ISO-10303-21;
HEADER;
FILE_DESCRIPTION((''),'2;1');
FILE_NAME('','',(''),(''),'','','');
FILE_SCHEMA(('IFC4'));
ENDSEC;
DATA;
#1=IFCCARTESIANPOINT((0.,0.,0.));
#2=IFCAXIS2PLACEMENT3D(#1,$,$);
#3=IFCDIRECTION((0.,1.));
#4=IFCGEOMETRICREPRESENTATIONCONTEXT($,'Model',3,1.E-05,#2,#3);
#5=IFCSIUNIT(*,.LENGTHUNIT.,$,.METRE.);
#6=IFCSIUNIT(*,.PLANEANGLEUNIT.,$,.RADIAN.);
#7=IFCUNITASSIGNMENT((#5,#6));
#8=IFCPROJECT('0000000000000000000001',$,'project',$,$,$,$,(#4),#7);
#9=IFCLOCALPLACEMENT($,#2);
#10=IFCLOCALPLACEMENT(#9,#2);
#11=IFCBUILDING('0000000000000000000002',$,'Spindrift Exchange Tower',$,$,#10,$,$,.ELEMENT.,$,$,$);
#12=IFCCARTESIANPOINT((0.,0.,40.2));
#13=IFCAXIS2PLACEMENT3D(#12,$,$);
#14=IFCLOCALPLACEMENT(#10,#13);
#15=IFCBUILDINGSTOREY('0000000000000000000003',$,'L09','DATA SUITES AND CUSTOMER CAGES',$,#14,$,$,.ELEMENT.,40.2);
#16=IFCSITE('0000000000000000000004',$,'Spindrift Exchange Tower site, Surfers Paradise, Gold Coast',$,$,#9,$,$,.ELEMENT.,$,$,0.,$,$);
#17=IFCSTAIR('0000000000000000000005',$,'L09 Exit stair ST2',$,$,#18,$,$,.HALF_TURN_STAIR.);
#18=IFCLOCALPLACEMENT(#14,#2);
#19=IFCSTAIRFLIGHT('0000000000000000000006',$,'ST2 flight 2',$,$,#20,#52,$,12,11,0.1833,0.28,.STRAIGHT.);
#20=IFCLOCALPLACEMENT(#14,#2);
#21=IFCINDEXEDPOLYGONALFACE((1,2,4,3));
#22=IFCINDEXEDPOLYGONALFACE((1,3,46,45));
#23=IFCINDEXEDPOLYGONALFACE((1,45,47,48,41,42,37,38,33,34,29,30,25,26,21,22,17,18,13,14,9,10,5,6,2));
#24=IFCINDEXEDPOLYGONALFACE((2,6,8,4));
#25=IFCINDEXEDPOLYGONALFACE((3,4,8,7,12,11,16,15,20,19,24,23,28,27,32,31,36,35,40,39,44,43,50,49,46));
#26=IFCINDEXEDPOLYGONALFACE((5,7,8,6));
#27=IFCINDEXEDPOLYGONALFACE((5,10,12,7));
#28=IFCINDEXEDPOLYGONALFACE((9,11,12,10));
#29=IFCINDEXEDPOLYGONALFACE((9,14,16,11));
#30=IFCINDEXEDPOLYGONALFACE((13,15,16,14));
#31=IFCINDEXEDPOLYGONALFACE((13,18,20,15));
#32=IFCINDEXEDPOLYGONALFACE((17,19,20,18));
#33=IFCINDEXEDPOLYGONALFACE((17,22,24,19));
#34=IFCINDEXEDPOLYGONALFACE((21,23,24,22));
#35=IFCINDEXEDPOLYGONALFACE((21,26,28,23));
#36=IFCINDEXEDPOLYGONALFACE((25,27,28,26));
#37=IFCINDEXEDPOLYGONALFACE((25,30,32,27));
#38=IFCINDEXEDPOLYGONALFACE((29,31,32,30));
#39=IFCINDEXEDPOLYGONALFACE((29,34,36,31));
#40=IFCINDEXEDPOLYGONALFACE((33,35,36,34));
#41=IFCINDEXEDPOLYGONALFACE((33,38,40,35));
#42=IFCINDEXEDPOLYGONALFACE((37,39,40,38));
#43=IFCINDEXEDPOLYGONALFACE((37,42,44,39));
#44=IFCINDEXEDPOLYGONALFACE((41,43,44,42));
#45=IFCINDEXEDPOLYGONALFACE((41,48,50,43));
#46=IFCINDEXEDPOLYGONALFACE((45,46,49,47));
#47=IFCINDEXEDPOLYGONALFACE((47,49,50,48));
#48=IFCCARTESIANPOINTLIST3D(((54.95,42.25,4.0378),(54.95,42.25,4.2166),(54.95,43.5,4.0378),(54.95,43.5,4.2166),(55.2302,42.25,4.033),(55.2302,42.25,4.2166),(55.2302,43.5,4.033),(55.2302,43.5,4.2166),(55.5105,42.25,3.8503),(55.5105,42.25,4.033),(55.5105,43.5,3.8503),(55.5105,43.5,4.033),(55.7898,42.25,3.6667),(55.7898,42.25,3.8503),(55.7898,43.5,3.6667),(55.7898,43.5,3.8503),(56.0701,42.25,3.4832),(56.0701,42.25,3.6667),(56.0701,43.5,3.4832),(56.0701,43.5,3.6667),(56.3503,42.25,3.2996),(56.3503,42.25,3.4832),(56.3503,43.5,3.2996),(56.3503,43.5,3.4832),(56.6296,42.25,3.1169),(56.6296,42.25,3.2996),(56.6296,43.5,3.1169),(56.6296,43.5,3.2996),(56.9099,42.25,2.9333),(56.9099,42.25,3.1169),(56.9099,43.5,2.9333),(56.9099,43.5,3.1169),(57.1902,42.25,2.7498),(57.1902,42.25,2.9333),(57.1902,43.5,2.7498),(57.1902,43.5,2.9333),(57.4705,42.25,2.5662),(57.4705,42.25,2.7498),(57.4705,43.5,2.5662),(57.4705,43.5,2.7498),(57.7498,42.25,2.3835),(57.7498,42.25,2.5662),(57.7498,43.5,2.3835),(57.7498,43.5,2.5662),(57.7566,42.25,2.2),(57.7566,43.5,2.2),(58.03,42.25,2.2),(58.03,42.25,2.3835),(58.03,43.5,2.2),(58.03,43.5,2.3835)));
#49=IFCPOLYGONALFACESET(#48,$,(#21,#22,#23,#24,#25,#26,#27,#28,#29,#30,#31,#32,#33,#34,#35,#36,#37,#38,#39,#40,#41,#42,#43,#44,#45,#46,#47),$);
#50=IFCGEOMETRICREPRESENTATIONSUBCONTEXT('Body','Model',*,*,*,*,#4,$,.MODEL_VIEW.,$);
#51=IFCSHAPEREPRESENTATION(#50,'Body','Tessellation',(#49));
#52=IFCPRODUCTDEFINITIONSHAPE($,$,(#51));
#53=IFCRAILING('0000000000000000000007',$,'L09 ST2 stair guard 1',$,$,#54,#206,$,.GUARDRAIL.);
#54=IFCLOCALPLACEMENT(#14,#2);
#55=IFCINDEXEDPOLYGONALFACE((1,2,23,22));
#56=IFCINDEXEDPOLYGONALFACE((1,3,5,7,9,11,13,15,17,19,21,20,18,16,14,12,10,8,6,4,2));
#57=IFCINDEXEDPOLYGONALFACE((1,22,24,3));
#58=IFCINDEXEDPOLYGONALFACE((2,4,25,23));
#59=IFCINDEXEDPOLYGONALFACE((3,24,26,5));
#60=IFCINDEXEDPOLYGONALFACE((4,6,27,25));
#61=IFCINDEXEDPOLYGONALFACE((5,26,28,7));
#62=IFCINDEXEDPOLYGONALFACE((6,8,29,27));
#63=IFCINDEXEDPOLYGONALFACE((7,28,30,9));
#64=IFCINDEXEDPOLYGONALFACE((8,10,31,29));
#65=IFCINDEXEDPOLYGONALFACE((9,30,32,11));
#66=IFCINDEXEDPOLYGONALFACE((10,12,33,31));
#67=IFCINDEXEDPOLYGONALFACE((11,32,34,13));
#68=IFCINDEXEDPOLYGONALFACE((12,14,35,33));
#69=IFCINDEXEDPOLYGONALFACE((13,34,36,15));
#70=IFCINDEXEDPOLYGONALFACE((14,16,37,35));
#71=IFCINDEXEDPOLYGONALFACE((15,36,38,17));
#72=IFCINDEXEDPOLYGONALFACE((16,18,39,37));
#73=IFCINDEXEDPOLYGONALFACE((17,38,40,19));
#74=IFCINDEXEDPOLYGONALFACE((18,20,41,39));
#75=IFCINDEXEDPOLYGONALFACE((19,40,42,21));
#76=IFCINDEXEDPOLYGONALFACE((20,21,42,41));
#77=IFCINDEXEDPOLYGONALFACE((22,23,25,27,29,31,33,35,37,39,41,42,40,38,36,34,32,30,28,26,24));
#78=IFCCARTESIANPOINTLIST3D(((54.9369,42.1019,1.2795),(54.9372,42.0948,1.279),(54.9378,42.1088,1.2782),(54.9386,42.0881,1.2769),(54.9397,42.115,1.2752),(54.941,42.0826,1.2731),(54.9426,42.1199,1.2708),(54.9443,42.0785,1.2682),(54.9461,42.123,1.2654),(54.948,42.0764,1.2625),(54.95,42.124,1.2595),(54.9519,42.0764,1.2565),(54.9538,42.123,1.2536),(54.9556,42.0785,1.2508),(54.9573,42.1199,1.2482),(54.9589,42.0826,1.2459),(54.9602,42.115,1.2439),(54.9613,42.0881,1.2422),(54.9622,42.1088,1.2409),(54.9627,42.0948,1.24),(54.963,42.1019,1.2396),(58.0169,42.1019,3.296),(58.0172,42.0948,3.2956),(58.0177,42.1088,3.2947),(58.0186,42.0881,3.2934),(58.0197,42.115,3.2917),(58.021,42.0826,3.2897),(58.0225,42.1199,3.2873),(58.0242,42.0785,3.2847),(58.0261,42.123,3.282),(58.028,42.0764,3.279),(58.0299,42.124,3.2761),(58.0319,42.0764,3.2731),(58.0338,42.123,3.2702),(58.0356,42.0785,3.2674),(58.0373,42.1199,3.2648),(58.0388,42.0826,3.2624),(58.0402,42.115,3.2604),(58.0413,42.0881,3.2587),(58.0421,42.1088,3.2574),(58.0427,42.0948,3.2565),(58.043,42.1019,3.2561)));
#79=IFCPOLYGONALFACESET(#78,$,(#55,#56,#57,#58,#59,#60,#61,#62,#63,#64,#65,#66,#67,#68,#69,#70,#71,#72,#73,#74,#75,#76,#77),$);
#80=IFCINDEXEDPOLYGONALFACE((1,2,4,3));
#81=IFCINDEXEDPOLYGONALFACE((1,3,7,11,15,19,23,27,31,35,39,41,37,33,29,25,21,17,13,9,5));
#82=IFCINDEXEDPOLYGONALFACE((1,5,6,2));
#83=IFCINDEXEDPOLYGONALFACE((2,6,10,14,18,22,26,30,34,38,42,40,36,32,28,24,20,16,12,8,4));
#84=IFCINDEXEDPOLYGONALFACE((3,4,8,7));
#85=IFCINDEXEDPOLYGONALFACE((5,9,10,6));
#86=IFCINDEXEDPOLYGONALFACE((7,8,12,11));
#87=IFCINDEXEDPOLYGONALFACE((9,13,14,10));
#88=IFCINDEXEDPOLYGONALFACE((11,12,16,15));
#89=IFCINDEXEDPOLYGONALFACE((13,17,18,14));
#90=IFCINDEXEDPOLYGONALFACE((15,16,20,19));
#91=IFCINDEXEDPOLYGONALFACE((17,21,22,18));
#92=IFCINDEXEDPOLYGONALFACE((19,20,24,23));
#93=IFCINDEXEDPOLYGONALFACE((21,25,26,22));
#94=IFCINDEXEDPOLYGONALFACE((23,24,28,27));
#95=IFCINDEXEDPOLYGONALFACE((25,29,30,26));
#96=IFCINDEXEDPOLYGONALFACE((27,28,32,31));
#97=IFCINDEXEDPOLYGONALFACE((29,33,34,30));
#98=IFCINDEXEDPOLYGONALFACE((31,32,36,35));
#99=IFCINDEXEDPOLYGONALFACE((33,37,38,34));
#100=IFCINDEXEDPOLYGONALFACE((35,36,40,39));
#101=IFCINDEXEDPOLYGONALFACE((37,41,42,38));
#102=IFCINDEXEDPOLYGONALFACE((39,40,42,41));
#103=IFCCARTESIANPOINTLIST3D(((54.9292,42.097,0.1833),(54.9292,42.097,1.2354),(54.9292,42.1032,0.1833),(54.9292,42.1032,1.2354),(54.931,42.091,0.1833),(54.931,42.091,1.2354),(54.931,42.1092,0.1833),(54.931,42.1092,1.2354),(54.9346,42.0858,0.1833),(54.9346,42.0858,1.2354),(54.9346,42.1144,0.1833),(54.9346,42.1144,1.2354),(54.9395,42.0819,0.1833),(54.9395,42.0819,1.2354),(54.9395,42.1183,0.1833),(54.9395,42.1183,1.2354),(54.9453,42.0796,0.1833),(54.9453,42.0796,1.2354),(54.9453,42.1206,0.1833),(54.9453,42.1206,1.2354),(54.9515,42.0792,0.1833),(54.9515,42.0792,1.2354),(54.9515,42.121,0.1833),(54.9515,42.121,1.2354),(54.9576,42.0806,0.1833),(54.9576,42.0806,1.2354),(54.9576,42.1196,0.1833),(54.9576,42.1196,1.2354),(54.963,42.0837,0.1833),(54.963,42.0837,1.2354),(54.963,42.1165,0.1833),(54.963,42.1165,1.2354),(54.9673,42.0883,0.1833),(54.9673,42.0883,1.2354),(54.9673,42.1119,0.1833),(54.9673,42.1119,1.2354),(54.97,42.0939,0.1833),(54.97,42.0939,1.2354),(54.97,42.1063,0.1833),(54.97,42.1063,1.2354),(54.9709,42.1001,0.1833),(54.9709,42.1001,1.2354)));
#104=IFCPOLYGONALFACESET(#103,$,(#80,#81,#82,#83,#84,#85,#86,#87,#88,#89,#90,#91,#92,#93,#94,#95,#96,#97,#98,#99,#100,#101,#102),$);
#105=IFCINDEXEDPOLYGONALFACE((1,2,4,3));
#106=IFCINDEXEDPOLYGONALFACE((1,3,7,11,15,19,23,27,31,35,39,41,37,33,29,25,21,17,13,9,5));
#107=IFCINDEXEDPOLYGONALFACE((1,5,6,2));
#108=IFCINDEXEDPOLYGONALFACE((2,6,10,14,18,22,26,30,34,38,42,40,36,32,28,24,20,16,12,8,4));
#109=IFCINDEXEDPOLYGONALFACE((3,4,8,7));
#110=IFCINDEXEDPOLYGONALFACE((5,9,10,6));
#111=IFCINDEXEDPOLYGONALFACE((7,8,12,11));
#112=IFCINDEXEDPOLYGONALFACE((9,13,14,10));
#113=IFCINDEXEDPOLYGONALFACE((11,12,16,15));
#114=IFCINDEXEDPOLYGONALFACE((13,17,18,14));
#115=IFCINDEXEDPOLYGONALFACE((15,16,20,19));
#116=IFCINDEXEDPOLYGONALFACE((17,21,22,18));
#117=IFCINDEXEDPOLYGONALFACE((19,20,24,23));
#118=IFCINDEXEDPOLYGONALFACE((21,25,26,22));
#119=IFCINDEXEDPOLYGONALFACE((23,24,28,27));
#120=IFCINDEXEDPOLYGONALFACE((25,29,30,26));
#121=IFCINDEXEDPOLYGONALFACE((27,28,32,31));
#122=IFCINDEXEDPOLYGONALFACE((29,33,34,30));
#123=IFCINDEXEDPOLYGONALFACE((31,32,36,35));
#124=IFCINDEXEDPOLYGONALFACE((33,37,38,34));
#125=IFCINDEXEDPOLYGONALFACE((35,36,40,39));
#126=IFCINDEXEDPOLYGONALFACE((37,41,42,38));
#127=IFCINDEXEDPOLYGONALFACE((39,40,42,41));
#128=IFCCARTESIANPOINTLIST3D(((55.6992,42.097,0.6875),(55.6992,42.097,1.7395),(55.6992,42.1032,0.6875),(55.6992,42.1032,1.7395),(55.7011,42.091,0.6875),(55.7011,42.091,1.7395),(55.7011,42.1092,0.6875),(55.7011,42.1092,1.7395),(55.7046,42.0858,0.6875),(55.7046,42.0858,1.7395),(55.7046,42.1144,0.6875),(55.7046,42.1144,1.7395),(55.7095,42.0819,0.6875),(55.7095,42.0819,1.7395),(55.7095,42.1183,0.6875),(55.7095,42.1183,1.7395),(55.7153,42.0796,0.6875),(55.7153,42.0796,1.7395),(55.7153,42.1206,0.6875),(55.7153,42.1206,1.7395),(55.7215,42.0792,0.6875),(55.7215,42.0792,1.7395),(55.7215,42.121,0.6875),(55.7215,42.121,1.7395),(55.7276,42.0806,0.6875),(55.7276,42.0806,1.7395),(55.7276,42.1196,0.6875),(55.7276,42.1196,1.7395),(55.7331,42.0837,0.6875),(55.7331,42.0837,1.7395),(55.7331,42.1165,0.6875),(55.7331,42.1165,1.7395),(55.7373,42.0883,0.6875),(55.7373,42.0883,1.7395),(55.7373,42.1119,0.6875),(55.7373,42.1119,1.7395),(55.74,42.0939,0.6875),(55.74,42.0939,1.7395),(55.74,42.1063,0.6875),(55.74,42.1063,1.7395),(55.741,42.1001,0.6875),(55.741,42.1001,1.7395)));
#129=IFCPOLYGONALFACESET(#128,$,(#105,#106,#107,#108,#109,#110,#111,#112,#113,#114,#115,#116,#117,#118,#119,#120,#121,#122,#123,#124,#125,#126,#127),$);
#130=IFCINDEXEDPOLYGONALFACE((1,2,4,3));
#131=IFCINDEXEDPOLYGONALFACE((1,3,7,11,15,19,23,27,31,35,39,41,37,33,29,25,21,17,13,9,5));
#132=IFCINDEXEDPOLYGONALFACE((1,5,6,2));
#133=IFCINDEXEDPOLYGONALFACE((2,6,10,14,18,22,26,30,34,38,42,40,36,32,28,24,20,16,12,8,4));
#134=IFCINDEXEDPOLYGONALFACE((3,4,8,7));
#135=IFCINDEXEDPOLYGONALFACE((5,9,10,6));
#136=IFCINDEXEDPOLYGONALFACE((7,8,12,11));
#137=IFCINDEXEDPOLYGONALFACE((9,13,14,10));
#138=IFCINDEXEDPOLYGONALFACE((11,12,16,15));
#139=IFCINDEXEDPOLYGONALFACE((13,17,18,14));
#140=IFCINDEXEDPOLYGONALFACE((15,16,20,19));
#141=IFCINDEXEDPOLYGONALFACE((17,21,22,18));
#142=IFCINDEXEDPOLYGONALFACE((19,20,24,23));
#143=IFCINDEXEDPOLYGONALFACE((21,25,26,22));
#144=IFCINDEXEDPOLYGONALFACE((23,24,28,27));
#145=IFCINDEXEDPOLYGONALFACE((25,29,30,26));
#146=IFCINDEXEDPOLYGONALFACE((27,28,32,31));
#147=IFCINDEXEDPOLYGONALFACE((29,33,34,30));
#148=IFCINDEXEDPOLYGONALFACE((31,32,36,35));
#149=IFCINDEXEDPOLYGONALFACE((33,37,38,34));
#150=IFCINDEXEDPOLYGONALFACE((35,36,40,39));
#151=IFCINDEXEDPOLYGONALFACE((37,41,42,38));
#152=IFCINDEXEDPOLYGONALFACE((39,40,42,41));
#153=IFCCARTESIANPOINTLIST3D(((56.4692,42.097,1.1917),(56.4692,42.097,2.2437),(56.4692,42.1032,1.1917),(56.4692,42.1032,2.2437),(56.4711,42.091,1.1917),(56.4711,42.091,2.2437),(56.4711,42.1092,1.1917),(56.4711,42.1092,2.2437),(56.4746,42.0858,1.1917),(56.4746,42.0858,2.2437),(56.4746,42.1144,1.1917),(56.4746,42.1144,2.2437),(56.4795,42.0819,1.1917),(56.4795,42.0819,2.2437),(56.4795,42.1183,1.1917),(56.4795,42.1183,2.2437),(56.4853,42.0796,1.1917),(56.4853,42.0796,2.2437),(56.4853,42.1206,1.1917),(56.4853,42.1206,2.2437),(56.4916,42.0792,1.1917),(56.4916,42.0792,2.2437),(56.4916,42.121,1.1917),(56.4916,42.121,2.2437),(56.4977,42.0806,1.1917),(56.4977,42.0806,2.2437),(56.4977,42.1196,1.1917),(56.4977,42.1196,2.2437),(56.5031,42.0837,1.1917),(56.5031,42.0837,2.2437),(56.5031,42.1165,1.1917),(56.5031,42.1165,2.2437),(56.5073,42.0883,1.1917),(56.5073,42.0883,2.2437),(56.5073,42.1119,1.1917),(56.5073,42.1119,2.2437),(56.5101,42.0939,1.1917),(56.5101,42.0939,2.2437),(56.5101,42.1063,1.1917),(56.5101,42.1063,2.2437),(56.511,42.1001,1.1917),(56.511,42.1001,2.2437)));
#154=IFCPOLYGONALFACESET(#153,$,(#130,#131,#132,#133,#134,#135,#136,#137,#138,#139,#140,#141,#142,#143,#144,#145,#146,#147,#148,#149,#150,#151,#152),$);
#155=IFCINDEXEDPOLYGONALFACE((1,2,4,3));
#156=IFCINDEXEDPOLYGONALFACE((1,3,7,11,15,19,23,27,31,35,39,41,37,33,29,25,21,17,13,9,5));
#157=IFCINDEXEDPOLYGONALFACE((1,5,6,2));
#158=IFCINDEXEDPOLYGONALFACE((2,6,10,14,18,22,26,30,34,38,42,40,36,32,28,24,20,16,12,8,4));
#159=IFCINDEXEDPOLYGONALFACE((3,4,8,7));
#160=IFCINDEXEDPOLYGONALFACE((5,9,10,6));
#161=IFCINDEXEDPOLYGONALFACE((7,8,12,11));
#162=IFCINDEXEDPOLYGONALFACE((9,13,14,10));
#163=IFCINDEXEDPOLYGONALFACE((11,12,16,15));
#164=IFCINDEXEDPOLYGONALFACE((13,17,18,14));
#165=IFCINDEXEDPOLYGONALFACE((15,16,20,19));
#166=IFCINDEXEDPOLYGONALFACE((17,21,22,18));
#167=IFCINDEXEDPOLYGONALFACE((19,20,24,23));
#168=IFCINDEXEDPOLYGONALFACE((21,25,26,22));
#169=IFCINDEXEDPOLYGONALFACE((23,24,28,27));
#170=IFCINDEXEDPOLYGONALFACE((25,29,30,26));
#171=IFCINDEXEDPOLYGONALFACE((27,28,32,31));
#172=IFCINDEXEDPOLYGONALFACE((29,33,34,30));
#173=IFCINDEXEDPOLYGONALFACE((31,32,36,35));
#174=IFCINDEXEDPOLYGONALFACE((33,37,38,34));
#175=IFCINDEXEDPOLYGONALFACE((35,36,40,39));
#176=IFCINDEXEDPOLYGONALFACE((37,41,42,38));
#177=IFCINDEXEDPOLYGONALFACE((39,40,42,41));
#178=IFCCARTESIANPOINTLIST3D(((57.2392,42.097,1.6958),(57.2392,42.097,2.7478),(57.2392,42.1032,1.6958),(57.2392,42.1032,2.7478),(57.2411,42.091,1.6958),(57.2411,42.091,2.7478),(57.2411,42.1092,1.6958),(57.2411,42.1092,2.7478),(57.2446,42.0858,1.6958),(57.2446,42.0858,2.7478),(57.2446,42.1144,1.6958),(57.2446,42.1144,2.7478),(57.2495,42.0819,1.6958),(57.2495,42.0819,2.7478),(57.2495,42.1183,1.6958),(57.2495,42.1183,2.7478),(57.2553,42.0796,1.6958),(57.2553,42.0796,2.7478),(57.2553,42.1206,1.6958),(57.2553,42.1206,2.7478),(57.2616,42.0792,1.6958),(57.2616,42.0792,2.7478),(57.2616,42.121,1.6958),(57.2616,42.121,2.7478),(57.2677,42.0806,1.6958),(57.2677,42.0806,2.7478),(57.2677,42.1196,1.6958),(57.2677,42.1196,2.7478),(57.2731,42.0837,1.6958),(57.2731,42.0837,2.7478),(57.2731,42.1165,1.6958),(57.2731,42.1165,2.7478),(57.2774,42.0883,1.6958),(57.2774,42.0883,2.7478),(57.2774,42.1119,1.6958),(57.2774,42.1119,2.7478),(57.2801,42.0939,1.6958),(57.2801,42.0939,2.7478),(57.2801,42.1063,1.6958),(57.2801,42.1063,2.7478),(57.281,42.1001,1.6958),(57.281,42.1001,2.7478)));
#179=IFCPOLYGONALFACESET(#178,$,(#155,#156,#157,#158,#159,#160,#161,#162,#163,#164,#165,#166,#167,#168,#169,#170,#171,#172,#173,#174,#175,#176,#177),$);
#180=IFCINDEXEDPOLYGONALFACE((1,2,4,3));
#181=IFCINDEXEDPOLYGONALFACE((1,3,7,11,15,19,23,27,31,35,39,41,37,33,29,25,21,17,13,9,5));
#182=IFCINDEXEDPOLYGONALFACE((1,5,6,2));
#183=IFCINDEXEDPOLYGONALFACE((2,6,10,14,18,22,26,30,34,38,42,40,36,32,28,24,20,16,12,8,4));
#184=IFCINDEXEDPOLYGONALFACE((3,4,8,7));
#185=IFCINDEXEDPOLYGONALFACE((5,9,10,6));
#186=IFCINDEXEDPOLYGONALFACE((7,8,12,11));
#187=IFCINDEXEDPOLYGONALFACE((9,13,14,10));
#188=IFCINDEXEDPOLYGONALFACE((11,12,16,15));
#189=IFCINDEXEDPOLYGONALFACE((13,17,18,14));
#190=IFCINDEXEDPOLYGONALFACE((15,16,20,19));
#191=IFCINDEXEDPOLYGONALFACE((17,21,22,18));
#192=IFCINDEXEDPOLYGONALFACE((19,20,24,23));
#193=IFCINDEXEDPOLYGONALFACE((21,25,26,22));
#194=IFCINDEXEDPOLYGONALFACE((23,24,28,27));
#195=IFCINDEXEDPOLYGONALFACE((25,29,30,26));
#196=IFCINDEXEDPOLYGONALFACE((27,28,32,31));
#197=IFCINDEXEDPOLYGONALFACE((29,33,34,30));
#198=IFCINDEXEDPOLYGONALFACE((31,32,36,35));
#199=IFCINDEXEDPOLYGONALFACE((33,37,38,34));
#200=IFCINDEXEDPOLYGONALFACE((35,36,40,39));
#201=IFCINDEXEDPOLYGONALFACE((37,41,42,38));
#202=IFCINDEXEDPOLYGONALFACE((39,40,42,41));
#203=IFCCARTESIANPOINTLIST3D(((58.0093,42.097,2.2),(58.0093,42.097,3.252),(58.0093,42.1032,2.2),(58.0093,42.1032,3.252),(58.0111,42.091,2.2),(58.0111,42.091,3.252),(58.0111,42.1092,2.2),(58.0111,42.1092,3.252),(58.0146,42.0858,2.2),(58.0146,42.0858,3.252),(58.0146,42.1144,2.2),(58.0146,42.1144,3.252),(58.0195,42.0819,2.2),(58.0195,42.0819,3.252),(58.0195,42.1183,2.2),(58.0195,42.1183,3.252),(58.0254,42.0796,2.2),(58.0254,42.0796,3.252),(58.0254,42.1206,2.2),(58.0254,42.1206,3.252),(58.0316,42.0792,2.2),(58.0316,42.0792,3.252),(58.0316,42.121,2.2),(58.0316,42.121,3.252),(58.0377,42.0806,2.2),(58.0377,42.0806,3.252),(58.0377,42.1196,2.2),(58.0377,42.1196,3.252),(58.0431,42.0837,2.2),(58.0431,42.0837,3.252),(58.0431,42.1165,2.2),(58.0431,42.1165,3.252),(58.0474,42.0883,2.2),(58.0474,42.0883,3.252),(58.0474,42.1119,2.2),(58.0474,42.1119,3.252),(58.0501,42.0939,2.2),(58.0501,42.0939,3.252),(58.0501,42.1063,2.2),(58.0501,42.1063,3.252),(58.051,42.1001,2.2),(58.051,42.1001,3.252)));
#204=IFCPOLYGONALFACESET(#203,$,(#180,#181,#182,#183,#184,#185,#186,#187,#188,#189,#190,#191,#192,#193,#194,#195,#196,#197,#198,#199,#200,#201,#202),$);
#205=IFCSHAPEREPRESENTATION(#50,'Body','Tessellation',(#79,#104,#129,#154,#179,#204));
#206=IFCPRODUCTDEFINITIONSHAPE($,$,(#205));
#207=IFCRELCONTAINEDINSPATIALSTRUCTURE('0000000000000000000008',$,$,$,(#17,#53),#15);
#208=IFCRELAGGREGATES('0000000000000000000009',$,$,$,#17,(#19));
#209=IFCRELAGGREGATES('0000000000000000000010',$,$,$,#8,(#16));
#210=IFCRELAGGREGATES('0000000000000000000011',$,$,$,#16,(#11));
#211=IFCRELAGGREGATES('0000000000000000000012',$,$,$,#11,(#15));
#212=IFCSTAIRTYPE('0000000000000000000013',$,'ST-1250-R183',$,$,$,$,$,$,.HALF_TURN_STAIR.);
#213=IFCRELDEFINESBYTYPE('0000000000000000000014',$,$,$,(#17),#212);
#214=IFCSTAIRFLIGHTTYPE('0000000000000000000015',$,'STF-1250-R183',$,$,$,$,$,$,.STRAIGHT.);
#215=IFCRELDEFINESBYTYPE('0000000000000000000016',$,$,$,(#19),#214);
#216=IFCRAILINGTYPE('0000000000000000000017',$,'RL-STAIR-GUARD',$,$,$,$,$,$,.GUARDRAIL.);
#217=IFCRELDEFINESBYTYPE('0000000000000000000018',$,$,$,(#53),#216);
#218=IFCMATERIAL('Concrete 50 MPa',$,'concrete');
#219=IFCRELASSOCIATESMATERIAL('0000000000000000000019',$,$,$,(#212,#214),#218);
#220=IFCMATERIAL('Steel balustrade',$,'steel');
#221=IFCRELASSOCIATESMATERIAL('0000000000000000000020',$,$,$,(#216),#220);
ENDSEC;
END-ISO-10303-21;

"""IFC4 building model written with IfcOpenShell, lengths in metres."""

from ifc_helpers import new_model, si_unit, direction, frame, origin, origin_2d, place, context, subcontext, project, spatial, line, indexed_curve, circle, outline, extrude, material, type_object, element, aggregate, save


model = new_model("IFC4")

# Units and contexts
model_context = context("Model", 3, precision=1e-05, world=origin(), true_north=direction((0.0, 1.0)))
body_context = subcontext(model_context, "Body", "Model", "MODEL_VIEW")
ifc_project = project(units=[si_unit("LENGTHUNIT", "METRE"), si_unit("PLANEANGLEUNIT", "RADIAN")], contexts=[model_context])

# Site, building, storey
site_placement = place(None, origin())
site = spatial("IfcSite", under=ifc_project, at=site_placement, Name="Spindrift Exchange Tower site, Surfers Paradise, Gold Coast", CompositionType="ELEMENT", RefElevation=0.0)
building_placement = place(site_placement, origin())
building = spatial("IfcBuilding", under=site, at=building_placement, Name="Spindrift Exchange Tower", CompositionType="ELEMENT")
storey_placement = place(building_placement, frame((0.0, 0.0, 40.2)))
storey = spatial("IfcBuildingStorey", under=building, at=storey_placement, Name="L09", Description="DATA SUITES AND CUSTOMER CAGES", CompositionType="ELEMENT", Elevation=40.2)

# Stair, stair flight
ifc_material_1 = material(Name="Concrete 50 MPa", Category="concrete")
stair_type = type_object("IfcStairType", Name="ST-1250-R183", PredefinedType="HALF_TURN_STAIR", material=ifc_material_1)
stair_placement = place(storey_placement, origin())
stair = element("IfcStair", 1, at=stair_placement, inside=storey, type_object=stair_type, Name="L09 Exit stair ST2", PredefinedType="HALF_TURN_STAIR")
stair_flight_type = type_object("IfcStairFlightType", Name="STF-1250-R183", PredefinedType="STRAIGHT", material=ifc_material_1)
stair_flight_1_placement = place(storey_placement, frame((58.03, 42.875, 2.2), z_axis=(0.0, 0.0, 1.0), x_axis=(-1.0, 0.0, 0.0)))
stair_flight_1 = element("IfcStairFlight", 2, at=stair_flight_1_placement, type_object=stair_flight_type, Name="ST2 flight 2", NumberOfRisers=12, NumberOfTreads=11, PredefinedType="STRAIGHT", RiserHeight=0.1833, TreadLength=0.28, context=body_context, shape_type="SweptSolid", body=[
    extrude(outline(indexed_curve([(0.0, 0.0), (0.0, 0.1836), (0.2803, 0.1836), (0.2803, 0.3662), (0.5596, 0.3662), (0.5596, 0.5498), (0.8398, 0.5498), (0.8398, 0.7334), (1.1201, 0.7334), (1.1201, 0.917), (1.4004, 0.917), (1.4004, 1.0996), (1.6797, 1.0996), (1.6797, 1.2832), (1.96, 1.2832), (1.96, 1.4668), (2.2402, 1.4668), (2.2402, 1.6504), (2.5195, 1.6504), (2.5195, 1.833), (2.7998, 1.833), (2.7998, 2.0166), (3.0801, 2.0166), (3.0801, 2.2002), (3.0801, 1.8379), (0.2734, 0.0)], segments=[line(1, 2, 3, 4, 5, 6, 7, 8, 9, 10, 11, 12, 13, 14, 15, 16, 17, 18, 19, 20, 21, 22, 23, 24, 25, 26, 1)], self_intersect=False)), frame((0.0, 0.625, 0.0), z_axis=(0.0, -1.0, 0.0), x_axis=(1.0, 0.0, 0.0)), (0.0, 0.0, 1.0), 1.25),
])
aggregate(stair, [stair_flight_1])

# Railing
ifc_material_2 = material(Name="Steel balustrade", Category="steel")
railing_type_1 = type_object("IfcRailingType", Name="RL-STAIR-GUARD", PredefinedType="GUARDRAIL", material=ifc_material_2)
railing_1_placement = place(storey_placement, frame((54.95, 42.1001, 0.1833)))
element("IfcRailing", 3, at=railing_1_placement, inside=storey, type_object=railing_type_1, Name="L09 ST2 stair guard 1", PredefinedType="GUARDRAIL", context=body_context, shape_type="SweptSolid", body=[
    extrude(circle(Radius=0.0239, at=origin_2d()), frame((0.0, 0.0, 1.0762), z_axis=(0.836633, 0.0, 0.547764), x_axis=(0.0, 1.0, 0.0)), (0.0, 0.0, 1.0), 3.6814),
    extrude(circle(Radius=0.021, at=origin_2d()), origin(), (0.0, 0.0, 1.0), 1.052),
    extrude(circle(Radius=0.021, at=origin_2d()), frame((0.77, 0.0, 0.5042)), (0.0, 0.0, 1.0), 1.052),
    extrude(circle(Radius=0.021, at=origin_2d()), frame((1.54, 0.0, 1.0083)), (0.0, 0.0, 1.0), 1.052),
    extrude(circle(Radius=0.021, at=origin_2d()), frame((2.3101, 0.0, 1.5125)), (0.0, 0.0, 1.0), 1.052),
    extrude(circle(Radius=0.021, at=origin_2d()), frame((3.0801, 0.0, 2.0166)), (0.0, 0.0, 1.0), 1.052),
])

save(model, "model.ifc")
